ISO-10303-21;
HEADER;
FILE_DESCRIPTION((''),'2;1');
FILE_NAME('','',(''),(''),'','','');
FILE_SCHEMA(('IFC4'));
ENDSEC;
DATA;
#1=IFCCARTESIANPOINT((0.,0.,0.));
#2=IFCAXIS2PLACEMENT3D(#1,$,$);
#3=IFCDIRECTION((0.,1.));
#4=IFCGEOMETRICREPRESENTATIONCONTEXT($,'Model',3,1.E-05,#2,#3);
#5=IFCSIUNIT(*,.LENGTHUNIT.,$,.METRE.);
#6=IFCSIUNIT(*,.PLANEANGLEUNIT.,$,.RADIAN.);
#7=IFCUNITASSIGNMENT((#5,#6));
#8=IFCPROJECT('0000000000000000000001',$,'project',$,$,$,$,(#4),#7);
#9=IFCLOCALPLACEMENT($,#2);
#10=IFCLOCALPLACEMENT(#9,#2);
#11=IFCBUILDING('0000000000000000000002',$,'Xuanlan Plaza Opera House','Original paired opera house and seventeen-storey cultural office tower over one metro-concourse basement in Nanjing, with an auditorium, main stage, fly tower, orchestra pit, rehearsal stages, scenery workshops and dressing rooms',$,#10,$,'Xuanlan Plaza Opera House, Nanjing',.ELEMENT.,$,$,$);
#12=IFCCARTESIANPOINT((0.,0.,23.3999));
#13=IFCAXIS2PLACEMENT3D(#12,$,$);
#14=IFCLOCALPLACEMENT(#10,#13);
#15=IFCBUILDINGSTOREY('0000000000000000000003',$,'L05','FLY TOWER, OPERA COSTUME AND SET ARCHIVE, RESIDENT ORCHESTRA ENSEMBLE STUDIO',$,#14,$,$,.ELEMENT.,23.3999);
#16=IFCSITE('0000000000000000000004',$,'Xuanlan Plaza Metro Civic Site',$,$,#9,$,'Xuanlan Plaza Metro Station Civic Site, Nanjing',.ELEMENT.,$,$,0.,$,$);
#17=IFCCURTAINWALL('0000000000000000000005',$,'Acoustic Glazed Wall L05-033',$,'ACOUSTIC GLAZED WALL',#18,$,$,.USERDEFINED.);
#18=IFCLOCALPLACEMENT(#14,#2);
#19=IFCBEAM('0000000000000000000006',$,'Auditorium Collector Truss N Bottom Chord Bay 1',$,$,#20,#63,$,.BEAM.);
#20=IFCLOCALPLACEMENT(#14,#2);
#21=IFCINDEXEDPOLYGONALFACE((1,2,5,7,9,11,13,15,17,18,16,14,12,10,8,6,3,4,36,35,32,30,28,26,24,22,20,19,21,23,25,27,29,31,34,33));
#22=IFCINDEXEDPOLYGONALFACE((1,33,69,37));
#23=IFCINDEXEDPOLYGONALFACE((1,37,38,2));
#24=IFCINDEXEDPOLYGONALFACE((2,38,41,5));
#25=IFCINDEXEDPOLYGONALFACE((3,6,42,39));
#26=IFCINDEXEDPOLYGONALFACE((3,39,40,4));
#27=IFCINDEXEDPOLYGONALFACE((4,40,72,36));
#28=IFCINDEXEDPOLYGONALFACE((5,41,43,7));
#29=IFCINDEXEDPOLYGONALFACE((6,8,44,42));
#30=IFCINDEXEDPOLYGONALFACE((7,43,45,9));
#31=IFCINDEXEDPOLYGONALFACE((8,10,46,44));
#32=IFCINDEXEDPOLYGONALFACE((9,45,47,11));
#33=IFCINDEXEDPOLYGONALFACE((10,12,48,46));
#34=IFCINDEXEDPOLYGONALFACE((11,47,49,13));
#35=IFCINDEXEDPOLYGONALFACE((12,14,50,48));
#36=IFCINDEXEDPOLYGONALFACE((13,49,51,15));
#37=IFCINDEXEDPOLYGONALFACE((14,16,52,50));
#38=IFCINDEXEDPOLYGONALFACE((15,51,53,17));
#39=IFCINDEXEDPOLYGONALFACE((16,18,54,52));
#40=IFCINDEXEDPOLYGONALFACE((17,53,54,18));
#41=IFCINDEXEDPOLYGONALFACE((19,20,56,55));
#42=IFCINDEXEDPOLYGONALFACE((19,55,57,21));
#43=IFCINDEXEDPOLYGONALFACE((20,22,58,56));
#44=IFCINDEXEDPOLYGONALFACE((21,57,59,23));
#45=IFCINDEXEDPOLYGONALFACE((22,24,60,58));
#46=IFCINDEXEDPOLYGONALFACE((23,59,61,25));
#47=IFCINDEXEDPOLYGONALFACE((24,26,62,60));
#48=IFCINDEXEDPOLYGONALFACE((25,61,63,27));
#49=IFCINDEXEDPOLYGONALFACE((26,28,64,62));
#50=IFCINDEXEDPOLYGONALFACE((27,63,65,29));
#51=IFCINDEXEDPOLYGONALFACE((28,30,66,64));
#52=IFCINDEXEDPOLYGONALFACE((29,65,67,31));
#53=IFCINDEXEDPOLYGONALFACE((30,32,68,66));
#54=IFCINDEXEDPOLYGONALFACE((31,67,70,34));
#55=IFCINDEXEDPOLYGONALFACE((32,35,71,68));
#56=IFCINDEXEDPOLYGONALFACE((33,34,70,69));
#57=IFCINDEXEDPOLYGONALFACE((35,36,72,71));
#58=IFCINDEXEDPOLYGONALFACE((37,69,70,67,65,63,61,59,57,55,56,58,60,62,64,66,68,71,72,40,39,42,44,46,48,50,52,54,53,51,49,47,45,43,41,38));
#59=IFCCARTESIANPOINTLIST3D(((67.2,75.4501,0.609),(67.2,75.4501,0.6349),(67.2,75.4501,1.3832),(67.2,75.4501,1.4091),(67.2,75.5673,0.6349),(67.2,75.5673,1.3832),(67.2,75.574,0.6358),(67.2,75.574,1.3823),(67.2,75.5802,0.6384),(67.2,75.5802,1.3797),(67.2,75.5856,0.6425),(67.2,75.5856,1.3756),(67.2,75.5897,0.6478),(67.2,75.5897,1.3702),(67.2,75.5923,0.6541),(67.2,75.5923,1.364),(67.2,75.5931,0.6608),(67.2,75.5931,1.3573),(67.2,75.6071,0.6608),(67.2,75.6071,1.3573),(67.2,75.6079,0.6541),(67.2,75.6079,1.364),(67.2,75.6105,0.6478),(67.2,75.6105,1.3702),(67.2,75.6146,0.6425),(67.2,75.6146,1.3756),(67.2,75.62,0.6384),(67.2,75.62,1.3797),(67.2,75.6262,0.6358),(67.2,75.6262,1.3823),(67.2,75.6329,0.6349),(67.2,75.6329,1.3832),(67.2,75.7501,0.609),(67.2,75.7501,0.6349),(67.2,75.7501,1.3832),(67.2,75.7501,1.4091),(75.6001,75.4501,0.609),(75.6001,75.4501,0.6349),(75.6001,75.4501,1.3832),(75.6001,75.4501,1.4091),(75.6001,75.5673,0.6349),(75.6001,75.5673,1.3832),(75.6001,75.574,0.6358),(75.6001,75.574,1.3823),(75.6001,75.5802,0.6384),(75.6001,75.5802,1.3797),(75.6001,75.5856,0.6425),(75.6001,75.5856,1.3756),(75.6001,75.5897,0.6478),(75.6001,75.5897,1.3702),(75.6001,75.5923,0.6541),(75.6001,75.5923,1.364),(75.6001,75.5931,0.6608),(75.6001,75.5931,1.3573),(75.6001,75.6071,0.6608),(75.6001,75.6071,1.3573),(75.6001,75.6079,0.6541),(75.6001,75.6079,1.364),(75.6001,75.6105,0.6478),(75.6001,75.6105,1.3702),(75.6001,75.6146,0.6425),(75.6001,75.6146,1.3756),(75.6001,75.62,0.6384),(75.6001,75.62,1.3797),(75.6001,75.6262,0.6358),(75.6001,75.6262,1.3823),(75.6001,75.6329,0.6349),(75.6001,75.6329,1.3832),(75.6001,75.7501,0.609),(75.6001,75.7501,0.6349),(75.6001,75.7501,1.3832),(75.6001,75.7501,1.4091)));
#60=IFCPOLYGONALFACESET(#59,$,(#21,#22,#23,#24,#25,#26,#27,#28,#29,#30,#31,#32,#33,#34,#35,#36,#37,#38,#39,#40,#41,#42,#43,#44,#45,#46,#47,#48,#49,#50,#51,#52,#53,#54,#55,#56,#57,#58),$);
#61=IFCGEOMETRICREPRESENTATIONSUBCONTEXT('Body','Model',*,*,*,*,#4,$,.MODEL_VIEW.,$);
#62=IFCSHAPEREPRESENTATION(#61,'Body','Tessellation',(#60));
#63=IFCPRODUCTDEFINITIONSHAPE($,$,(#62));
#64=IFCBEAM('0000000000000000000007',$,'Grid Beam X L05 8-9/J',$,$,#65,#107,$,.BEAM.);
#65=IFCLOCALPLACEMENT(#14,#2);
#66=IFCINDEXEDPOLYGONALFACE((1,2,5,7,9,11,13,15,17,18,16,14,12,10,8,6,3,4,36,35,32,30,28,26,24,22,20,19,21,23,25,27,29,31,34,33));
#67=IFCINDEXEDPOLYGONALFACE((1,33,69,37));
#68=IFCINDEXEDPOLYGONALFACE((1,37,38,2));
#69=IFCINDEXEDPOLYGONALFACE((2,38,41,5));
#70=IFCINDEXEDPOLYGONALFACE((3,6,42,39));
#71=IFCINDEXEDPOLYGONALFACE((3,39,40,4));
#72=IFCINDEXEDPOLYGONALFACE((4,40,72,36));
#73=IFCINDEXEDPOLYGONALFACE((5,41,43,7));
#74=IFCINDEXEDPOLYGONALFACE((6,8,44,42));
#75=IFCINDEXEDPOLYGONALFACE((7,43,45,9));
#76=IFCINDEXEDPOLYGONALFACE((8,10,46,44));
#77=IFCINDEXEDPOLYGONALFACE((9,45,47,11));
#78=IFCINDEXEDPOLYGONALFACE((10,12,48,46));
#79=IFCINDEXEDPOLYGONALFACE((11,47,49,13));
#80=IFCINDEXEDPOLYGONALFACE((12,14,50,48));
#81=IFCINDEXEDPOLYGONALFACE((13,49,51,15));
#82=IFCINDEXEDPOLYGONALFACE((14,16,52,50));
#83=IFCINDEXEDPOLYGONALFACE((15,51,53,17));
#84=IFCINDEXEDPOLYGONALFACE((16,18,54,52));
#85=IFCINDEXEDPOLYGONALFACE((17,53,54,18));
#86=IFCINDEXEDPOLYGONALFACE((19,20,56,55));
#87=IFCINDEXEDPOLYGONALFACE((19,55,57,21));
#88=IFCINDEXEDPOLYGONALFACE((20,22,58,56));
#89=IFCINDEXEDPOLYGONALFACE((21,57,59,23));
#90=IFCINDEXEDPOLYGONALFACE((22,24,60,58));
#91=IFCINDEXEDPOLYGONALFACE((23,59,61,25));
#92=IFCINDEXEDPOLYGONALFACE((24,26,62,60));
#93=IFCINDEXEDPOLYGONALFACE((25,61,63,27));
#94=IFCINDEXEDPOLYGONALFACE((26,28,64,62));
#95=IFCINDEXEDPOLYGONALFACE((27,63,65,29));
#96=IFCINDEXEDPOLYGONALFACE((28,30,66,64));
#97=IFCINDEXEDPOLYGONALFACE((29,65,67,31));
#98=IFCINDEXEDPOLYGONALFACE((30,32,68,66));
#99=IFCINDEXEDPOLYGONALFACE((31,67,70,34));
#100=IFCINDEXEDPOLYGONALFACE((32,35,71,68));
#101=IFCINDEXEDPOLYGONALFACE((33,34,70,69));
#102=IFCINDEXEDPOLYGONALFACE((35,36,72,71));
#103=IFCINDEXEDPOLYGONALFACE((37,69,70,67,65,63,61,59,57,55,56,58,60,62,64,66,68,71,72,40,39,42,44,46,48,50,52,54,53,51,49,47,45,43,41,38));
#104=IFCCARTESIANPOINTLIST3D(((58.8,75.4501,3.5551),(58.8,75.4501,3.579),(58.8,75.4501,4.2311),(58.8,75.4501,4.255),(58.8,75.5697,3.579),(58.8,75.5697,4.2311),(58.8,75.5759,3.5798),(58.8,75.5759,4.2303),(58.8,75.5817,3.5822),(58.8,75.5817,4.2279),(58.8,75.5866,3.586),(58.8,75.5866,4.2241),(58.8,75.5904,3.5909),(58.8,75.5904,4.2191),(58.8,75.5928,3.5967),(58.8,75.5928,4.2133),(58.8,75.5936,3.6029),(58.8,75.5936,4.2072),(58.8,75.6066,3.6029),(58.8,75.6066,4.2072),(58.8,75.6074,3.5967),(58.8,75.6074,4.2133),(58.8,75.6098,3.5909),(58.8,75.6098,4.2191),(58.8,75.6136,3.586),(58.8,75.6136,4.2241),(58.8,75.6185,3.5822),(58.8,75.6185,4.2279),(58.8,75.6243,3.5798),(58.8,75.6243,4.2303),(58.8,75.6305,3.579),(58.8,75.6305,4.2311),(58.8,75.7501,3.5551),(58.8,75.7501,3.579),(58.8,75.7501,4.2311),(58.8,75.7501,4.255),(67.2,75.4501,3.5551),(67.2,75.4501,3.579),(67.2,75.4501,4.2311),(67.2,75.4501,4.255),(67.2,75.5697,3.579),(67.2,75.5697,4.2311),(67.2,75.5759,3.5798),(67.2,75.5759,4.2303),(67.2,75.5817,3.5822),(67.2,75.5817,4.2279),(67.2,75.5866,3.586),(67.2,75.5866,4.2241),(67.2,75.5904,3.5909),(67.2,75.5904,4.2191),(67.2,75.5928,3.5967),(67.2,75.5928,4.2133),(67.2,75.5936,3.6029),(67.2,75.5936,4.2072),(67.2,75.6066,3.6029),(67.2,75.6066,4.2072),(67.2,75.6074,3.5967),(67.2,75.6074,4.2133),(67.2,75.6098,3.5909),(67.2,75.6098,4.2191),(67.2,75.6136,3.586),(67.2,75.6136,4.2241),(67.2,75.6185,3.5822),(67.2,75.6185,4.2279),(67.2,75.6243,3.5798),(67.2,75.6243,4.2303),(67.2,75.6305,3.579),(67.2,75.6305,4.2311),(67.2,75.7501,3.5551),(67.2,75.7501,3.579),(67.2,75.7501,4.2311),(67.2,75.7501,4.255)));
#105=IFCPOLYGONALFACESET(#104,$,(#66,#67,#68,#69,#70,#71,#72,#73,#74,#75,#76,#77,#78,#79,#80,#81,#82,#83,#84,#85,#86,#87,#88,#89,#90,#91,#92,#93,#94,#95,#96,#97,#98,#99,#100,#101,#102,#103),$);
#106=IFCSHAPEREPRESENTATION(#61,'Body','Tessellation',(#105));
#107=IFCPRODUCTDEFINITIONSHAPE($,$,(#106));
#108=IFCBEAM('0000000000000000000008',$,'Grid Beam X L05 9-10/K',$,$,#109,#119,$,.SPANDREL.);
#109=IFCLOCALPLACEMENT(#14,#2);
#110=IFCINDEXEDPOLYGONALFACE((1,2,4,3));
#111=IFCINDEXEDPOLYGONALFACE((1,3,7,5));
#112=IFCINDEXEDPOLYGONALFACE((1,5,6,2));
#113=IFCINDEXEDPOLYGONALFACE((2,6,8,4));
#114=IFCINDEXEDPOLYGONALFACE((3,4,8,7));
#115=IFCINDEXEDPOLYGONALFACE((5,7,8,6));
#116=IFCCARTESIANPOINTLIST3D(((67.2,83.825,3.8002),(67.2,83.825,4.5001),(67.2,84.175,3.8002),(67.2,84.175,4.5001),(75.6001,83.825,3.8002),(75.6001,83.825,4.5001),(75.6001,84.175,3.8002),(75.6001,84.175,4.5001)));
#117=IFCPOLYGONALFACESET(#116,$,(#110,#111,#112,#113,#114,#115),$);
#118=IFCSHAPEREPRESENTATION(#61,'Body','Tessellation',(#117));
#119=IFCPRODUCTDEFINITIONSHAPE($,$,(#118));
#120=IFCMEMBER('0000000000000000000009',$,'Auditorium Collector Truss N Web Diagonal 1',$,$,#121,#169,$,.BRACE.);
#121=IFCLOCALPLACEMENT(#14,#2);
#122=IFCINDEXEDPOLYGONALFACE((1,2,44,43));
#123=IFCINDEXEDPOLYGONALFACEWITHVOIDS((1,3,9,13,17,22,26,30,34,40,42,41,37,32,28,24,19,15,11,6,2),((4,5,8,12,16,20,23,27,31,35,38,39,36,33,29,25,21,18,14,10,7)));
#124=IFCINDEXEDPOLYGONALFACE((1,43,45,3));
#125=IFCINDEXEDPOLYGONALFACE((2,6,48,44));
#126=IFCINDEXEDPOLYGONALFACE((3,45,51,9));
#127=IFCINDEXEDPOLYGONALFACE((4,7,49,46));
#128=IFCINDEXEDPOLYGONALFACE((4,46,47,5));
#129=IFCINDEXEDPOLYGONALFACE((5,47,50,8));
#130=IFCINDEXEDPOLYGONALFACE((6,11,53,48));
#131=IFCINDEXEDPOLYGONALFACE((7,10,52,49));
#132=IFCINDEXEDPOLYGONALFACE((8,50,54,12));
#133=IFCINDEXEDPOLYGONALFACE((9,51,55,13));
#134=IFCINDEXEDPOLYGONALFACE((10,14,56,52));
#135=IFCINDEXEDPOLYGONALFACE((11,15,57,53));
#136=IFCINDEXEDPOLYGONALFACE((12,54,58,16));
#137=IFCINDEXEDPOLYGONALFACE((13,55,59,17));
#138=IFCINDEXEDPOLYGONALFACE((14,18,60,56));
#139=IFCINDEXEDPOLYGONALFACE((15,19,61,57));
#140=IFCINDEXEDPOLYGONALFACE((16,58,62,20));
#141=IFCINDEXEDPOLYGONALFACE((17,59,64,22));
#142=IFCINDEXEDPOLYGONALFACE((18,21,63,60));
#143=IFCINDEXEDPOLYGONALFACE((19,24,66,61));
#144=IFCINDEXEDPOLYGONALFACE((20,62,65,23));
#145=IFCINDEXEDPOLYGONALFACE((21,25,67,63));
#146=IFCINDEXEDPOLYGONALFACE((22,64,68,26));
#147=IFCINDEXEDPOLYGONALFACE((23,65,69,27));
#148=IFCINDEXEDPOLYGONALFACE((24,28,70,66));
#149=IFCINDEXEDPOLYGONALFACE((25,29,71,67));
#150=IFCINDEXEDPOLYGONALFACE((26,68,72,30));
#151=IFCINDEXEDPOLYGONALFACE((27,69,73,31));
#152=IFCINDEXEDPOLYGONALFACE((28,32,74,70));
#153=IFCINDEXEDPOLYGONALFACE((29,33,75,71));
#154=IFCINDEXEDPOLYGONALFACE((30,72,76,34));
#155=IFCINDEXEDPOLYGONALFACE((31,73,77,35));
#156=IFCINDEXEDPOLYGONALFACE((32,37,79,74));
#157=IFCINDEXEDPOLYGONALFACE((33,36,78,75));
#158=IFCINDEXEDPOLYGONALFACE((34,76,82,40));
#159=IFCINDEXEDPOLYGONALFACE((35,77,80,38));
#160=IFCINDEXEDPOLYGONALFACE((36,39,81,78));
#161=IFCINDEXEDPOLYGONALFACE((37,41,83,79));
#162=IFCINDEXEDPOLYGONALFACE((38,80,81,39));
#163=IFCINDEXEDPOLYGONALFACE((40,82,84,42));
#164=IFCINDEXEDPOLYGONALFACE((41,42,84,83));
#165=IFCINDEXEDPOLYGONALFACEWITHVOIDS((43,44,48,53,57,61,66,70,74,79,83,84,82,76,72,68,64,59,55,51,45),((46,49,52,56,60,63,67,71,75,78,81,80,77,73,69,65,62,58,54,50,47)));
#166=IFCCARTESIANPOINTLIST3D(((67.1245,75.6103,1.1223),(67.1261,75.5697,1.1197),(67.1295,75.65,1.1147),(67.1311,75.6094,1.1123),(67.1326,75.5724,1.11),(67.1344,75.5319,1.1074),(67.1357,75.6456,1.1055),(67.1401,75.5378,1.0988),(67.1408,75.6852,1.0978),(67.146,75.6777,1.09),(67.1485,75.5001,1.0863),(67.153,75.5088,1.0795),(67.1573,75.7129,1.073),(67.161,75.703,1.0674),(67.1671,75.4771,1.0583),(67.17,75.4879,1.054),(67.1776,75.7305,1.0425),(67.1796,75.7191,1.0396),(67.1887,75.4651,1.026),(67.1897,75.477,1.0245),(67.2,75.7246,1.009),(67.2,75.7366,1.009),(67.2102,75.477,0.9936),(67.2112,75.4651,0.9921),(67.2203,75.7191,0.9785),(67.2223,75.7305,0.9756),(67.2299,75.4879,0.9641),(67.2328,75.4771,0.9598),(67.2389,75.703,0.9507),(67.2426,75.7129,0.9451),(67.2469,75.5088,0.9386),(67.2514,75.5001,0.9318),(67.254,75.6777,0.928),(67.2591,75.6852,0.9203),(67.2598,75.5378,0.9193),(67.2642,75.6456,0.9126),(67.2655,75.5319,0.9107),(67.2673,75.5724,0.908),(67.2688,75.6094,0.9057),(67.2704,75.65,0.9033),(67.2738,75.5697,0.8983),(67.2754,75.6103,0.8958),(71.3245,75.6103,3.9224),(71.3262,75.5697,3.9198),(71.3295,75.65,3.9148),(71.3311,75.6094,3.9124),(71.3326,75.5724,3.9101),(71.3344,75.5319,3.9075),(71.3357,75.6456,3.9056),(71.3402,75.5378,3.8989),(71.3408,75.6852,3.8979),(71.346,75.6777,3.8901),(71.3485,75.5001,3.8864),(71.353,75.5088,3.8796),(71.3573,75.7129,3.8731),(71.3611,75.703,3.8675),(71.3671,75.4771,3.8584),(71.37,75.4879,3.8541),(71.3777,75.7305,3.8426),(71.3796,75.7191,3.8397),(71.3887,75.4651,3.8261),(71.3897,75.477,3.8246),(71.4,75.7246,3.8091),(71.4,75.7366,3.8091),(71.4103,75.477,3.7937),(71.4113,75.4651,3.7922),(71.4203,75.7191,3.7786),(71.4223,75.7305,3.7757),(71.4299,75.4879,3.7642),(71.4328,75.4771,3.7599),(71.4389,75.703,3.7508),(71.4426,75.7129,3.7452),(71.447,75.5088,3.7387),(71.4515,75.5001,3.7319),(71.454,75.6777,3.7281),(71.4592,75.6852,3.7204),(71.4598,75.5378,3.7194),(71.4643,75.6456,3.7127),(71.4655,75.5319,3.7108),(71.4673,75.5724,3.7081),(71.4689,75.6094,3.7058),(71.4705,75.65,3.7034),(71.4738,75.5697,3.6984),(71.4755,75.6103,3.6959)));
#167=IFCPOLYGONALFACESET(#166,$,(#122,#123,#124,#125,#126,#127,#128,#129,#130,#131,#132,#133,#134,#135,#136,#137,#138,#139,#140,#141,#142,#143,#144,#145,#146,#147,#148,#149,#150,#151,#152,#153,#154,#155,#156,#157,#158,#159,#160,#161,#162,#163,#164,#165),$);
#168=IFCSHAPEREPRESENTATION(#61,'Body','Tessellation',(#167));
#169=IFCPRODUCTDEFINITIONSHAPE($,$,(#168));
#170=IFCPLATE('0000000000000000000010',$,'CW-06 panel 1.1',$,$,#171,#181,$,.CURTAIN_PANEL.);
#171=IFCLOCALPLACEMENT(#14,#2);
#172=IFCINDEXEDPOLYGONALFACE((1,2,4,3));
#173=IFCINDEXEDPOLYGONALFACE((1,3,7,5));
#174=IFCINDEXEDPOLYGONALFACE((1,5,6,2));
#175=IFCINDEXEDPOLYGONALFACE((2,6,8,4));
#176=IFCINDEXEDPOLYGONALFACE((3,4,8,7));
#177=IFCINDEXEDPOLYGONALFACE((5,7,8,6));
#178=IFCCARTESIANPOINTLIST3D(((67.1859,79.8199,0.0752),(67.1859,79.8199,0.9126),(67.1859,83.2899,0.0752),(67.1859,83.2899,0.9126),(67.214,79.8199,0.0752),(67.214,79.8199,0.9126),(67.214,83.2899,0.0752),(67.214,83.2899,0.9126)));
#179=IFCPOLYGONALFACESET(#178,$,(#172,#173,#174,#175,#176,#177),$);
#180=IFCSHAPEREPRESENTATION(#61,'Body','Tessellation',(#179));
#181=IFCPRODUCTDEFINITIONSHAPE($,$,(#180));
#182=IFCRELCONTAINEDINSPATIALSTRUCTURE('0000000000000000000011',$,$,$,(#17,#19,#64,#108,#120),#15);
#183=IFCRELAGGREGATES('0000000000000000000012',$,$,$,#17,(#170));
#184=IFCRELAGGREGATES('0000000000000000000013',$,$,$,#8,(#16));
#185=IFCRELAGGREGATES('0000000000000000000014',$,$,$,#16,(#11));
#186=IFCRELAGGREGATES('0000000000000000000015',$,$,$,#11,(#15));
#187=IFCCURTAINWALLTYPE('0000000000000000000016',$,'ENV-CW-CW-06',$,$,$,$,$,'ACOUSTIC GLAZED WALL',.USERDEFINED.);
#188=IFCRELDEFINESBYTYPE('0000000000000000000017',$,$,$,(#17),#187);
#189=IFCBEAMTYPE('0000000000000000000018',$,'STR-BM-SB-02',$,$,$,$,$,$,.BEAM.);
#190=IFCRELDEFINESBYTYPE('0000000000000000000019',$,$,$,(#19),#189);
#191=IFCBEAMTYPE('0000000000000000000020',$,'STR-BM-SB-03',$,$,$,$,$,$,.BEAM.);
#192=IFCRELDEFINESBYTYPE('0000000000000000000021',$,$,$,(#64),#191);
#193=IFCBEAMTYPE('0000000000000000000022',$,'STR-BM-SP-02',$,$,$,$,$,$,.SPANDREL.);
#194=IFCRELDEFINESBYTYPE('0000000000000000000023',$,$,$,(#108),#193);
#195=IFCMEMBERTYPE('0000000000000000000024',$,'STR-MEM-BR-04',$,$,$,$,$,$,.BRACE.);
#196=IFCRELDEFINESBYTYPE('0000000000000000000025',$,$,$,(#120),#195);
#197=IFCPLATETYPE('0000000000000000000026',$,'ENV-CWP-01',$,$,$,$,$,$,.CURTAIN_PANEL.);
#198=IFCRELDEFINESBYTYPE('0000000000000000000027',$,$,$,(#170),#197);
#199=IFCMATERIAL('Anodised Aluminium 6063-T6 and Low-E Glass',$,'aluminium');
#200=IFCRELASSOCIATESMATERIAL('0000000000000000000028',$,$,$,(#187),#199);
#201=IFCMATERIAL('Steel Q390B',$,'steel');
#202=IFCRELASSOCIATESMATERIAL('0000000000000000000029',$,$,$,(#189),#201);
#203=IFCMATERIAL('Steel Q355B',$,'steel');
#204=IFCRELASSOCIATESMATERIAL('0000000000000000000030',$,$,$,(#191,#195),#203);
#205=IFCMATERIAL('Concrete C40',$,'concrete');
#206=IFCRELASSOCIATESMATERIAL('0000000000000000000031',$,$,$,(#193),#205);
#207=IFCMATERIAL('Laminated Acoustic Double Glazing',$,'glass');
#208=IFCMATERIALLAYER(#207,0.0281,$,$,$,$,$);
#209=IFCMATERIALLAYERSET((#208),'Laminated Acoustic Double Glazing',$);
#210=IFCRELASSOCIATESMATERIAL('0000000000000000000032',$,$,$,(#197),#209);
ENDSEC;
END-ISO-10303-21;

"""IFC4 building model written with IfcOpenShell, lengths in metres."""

from ifc_helpers import new_model, si_unit, direction, frame, origin, origin_2d, place, context, subcontext, project, spatial, rectangle, hollow_circle, i_section, extrude, material, layer, layer_set, material_profile, profile_set, type_object, element, aggregate, save


model = new_model("IFC4")

# Units and contexts
model_context = context("Model", 3, precision=1e-05, world=origin(), true_north=direction((0.0, 1.0)))
body_context = subcontext(model_context, "Body", "Model", "MODEL_VIEW")
ifc_project = project(units=[si_unit("LENGTHUNIT", "METRE"), si_unit("PLANEANGLEUNIT", "RADIAN")], contexts=[model_context])

# Site, building, storey
site_placement = place(None, origin())
site = spatial("IfcSite", under=ifc_project, at=site_placement, Name="Xuanlan Plaza Metro Civic Site", LongName="Xuanlan Plaza Metro Station Civic Site, Nanjing", CompositionType="ELEMENT", RefElevation=0.0)
building_placement = place(site_placement, origin())
building = spatial("IfcBuilding", under=site, at=building_placement, Name="Xuanlan Plaza Opera House", Description="Original paired opera house and seventeen-storey cultural office tower over one metro-concourse basement in Nanjing, with an auditorium, main stage, fly tower, orchestra pit, rehearsal stages, scenery workshops and dressing rooms", LongName="Xuanlan Plaza Opera House, Nanjing", CompositionType="ELEMENT")
storey_placement = place(building_placement, frame((0.0, 0.0, 23.3999)))
storey = spatial("IfcBuildingStorey", under=building, at=storey_placement, Name="L05", Description="FLY TOWER, OPERA COSTUME AND SET ARCHIVE, RESIDENT ORCHESTRA ENSEMBLE STUDIO", CompositionType="ELEMENT", Elevation=23.3999)

# Shared definitions
ifc_material_1 = material(Name="Concrete C40", Category="concrete")

# Shared definitions
ifc_material_2 = material(Name="Anodised Aluminium 6063-T6 and Low-E Glass", Category="aluminium")

# Curtain wall
curtain_wall_type_1 = type_object("IfcCurtainWallType", Name="ENV-CW-CW-06", ElementType="ACOUSTIC GLAZED WALL", PredefinedType="USERDEFINED", material=ifc_material_2)
curtain_wall_1_placement = place(storey_placement, origin())
curtain_wall_1 = element("IfcCurtainWall", 1, at=curtain_wall_1_placement, inside=storey, type_object=curtain_wall_type_1, Name="Acoustic Glazed Wall L05-033", ObjectType="ACOUSTIC GLAZED WALL", PredefinedType="USERDEFINED")

# Beams
ifc_material_3 = material(Name="Steel Q390B", Category="steel")
ifc_material_profile_1 = material_profile(ifc_material_3, i_section(OverallWidth=0.3, OverallDepth=0.8, WebThickness=0.0139, FlangeThickness=0.0259, FilletRadius=0.0259, at=origin_2d()), Name="HN 800x300x14x26")
ifc_profile_set_1 = profile_set([ifc_material_profile_1], Name="Steel Q390B")
beam_type_1 = type_object("IfcBeamType", Name="STR-BM-SB-02", PredefinedType="BEAM", material=ifc_profile_set_1)
beam_1_placement = place(storey_placement, frame((67.2, 75.6001, 1.009), z_axis=(1.0, 0.0, 0.0), x_axis=(0.0, 1.0, 0.0)))
element("IfcBeam", 2, at=beam_1_placement, inside=storey, type_object=beam_type_1, Name="Auditorium Collector Truss N Bottom Chord Bay 1", PredefinedType="BEAM", context=body_context, shape_type="SweptSolid", body=[
    extrude(i_section(OverallWidth=0.3, OverallDepth=0.8, WebThickness=0.0139, FlangeThickness=0.0259, FilletRadius=0.0259, at=origin_2d()), origin(), (0.0, 0.0, 1.0), 8.4001),
])
ifc_material_4 = material(Name="Steel Q355B", Category="steel")
ifc_material_profile_2 = material_profile(ifc_material_4, i_section(OverallWidth=0.3, OverallDepth=0.7, WebThickness=0.0129, FlangeThickness=0.0239, FilletRadius=0.0239, at=origin_2d()), Name="HN 700x300x13x24")
ifc_profile_set_2 = profile_set([ifc_material_profile_2], Name="Steel Q355B")
beam_type_2 = type_object("IfcBeamType", Name="STR-BM-SB-03", PredefinedType="BEAM", material=ifc_profile_set_2)
beam_2_placement = place(storey_placement, frame((58.8, 75.6001, 3.905), z_axis=(1.0, 0.0, 0.0), x_axis=(0.0, 1.0, 0.0)))
element("IfcBeam", 3, at=beam_2_placement, inside=storey, type_object=beam_type_2, Name="Grid Beam X L05 8-9/J", PredefinedType="BEAM", context=body_context, shape_type="SweptSolid", body=[
    extrude(i_section(OverallWidth=0.3, OverallDepth=0.7, WebThickness=0.0129, FlangeThickness=0.0239, FilletRadius=0.0239, at=origin_2d()), origin(), (0.0, 0.0, 1.0), 8.3999),
])
ifc_material_profile_3 = material_profile(ifc_material_1, rectangle(XDim=0.3501, YDim=0.7, at=origin_2d()), Name="RC-SPD 350x700")
ifc_profile_set_3 = profile_set([ifc_material_profile_3], Name="Concrete C40")
beam_type_3 = type_object("IfcBeamType", Name="STR-BM-SP-02", PredefinedType="SPANDREL", material=ifc_profile_set_3)
beam_3_placement = place(storey_placement, frame((67.2, 84.0, 4.1501), z_axis=(1.0, 0.0, 0.0), x_axis=(0.0, 1.0, 0.0)))
element("IfcBeam", 4, at=beam_3_placement, inside=storey, type_object=beam_type_3, Name="Grid Beam X L05 9-10/K", PredefinedType="SPANDREL", context=body_context, shape_type="SweptSolid", body=[
    extrude(rectangle(XDim=0.3501, YDim=0.7, at=origin_2d()), origin(), (0.0, 0.0, 1.0), 8.4001),
])

# Member
ifc_material_profile_4 = material_profile(ifc_material_4, hollow_circle(Radius=0.1365, WallThickness=0.012, at=origin_2d()), Name="CHS 273x12")
ifc_profile_set_4 = profile_set([ifc_material_profile_4], Name="Steel Q355B")
member_type_1 = type_object("IfcMemberType", Name="STR-MEM-BR-04", PredefinedType="BRACE", material=ifc_profile_set_4)
member_1_placement = place(storey_placement, frame((67.2, 75.6001, 1.009), z_axis=(0.832043, 0.0, 0.554711), x_axis=(0.0, 1.0, 0.0)))
element("IfcMember", 5, at=member_1_placement, inside=storey, type_object=member_type_1, Name="Auditorium Collector Truss N Web Diagonal 1", PredefinedType="BRACE", context=body_context, shape_type="SweptSolid", body=[
    extrude(hollow_circle(Radius=0.1365, WallThickness=0.012, at=origin_2d()), origin(), (0.0, 0.0, 1.0), 5.0479),
])

# Plate
ifc_material_5 = material(Name="Laminated Acoustic Double Glazing", Category="glass")
ifc_layer_1 = layer(ifc_material_5, 0.0281)
ifc_layer_set_1 = layer_set([ifc_layer_1], Name="Laminated Acoustic Double Glazing")
plate_type = type_object("IfcPlateType", Name="ENV-CWP-01", PredefinedType="CURTAIN_PANEL", material=ifc_layer_set_1)
plate_1_placement = place(storey_placement, frame((67.2, 81.5549, 0.0752), z_axis=(0.0, 0.0, 1.0), x_axis=(0.0, -1.0, 0.0)))
plate_1 = element("IfcPlate", 6, at=plate_1_placement, type_object=plate_type, Name="CW-06 panel 1.1", PredefinedType="CURTAIN_PANEL", context=body_context, shape_type="SweptSolid", body=[
    extrude(rectangle(XDim=3.47, YDim=0.0281, at=origin_2d()), origin(), (0.0, 0.0, 1.0), 0.8374),
])
aggregate(curtain_wall_1, [plate_1])

save(model, "model.ifc")
